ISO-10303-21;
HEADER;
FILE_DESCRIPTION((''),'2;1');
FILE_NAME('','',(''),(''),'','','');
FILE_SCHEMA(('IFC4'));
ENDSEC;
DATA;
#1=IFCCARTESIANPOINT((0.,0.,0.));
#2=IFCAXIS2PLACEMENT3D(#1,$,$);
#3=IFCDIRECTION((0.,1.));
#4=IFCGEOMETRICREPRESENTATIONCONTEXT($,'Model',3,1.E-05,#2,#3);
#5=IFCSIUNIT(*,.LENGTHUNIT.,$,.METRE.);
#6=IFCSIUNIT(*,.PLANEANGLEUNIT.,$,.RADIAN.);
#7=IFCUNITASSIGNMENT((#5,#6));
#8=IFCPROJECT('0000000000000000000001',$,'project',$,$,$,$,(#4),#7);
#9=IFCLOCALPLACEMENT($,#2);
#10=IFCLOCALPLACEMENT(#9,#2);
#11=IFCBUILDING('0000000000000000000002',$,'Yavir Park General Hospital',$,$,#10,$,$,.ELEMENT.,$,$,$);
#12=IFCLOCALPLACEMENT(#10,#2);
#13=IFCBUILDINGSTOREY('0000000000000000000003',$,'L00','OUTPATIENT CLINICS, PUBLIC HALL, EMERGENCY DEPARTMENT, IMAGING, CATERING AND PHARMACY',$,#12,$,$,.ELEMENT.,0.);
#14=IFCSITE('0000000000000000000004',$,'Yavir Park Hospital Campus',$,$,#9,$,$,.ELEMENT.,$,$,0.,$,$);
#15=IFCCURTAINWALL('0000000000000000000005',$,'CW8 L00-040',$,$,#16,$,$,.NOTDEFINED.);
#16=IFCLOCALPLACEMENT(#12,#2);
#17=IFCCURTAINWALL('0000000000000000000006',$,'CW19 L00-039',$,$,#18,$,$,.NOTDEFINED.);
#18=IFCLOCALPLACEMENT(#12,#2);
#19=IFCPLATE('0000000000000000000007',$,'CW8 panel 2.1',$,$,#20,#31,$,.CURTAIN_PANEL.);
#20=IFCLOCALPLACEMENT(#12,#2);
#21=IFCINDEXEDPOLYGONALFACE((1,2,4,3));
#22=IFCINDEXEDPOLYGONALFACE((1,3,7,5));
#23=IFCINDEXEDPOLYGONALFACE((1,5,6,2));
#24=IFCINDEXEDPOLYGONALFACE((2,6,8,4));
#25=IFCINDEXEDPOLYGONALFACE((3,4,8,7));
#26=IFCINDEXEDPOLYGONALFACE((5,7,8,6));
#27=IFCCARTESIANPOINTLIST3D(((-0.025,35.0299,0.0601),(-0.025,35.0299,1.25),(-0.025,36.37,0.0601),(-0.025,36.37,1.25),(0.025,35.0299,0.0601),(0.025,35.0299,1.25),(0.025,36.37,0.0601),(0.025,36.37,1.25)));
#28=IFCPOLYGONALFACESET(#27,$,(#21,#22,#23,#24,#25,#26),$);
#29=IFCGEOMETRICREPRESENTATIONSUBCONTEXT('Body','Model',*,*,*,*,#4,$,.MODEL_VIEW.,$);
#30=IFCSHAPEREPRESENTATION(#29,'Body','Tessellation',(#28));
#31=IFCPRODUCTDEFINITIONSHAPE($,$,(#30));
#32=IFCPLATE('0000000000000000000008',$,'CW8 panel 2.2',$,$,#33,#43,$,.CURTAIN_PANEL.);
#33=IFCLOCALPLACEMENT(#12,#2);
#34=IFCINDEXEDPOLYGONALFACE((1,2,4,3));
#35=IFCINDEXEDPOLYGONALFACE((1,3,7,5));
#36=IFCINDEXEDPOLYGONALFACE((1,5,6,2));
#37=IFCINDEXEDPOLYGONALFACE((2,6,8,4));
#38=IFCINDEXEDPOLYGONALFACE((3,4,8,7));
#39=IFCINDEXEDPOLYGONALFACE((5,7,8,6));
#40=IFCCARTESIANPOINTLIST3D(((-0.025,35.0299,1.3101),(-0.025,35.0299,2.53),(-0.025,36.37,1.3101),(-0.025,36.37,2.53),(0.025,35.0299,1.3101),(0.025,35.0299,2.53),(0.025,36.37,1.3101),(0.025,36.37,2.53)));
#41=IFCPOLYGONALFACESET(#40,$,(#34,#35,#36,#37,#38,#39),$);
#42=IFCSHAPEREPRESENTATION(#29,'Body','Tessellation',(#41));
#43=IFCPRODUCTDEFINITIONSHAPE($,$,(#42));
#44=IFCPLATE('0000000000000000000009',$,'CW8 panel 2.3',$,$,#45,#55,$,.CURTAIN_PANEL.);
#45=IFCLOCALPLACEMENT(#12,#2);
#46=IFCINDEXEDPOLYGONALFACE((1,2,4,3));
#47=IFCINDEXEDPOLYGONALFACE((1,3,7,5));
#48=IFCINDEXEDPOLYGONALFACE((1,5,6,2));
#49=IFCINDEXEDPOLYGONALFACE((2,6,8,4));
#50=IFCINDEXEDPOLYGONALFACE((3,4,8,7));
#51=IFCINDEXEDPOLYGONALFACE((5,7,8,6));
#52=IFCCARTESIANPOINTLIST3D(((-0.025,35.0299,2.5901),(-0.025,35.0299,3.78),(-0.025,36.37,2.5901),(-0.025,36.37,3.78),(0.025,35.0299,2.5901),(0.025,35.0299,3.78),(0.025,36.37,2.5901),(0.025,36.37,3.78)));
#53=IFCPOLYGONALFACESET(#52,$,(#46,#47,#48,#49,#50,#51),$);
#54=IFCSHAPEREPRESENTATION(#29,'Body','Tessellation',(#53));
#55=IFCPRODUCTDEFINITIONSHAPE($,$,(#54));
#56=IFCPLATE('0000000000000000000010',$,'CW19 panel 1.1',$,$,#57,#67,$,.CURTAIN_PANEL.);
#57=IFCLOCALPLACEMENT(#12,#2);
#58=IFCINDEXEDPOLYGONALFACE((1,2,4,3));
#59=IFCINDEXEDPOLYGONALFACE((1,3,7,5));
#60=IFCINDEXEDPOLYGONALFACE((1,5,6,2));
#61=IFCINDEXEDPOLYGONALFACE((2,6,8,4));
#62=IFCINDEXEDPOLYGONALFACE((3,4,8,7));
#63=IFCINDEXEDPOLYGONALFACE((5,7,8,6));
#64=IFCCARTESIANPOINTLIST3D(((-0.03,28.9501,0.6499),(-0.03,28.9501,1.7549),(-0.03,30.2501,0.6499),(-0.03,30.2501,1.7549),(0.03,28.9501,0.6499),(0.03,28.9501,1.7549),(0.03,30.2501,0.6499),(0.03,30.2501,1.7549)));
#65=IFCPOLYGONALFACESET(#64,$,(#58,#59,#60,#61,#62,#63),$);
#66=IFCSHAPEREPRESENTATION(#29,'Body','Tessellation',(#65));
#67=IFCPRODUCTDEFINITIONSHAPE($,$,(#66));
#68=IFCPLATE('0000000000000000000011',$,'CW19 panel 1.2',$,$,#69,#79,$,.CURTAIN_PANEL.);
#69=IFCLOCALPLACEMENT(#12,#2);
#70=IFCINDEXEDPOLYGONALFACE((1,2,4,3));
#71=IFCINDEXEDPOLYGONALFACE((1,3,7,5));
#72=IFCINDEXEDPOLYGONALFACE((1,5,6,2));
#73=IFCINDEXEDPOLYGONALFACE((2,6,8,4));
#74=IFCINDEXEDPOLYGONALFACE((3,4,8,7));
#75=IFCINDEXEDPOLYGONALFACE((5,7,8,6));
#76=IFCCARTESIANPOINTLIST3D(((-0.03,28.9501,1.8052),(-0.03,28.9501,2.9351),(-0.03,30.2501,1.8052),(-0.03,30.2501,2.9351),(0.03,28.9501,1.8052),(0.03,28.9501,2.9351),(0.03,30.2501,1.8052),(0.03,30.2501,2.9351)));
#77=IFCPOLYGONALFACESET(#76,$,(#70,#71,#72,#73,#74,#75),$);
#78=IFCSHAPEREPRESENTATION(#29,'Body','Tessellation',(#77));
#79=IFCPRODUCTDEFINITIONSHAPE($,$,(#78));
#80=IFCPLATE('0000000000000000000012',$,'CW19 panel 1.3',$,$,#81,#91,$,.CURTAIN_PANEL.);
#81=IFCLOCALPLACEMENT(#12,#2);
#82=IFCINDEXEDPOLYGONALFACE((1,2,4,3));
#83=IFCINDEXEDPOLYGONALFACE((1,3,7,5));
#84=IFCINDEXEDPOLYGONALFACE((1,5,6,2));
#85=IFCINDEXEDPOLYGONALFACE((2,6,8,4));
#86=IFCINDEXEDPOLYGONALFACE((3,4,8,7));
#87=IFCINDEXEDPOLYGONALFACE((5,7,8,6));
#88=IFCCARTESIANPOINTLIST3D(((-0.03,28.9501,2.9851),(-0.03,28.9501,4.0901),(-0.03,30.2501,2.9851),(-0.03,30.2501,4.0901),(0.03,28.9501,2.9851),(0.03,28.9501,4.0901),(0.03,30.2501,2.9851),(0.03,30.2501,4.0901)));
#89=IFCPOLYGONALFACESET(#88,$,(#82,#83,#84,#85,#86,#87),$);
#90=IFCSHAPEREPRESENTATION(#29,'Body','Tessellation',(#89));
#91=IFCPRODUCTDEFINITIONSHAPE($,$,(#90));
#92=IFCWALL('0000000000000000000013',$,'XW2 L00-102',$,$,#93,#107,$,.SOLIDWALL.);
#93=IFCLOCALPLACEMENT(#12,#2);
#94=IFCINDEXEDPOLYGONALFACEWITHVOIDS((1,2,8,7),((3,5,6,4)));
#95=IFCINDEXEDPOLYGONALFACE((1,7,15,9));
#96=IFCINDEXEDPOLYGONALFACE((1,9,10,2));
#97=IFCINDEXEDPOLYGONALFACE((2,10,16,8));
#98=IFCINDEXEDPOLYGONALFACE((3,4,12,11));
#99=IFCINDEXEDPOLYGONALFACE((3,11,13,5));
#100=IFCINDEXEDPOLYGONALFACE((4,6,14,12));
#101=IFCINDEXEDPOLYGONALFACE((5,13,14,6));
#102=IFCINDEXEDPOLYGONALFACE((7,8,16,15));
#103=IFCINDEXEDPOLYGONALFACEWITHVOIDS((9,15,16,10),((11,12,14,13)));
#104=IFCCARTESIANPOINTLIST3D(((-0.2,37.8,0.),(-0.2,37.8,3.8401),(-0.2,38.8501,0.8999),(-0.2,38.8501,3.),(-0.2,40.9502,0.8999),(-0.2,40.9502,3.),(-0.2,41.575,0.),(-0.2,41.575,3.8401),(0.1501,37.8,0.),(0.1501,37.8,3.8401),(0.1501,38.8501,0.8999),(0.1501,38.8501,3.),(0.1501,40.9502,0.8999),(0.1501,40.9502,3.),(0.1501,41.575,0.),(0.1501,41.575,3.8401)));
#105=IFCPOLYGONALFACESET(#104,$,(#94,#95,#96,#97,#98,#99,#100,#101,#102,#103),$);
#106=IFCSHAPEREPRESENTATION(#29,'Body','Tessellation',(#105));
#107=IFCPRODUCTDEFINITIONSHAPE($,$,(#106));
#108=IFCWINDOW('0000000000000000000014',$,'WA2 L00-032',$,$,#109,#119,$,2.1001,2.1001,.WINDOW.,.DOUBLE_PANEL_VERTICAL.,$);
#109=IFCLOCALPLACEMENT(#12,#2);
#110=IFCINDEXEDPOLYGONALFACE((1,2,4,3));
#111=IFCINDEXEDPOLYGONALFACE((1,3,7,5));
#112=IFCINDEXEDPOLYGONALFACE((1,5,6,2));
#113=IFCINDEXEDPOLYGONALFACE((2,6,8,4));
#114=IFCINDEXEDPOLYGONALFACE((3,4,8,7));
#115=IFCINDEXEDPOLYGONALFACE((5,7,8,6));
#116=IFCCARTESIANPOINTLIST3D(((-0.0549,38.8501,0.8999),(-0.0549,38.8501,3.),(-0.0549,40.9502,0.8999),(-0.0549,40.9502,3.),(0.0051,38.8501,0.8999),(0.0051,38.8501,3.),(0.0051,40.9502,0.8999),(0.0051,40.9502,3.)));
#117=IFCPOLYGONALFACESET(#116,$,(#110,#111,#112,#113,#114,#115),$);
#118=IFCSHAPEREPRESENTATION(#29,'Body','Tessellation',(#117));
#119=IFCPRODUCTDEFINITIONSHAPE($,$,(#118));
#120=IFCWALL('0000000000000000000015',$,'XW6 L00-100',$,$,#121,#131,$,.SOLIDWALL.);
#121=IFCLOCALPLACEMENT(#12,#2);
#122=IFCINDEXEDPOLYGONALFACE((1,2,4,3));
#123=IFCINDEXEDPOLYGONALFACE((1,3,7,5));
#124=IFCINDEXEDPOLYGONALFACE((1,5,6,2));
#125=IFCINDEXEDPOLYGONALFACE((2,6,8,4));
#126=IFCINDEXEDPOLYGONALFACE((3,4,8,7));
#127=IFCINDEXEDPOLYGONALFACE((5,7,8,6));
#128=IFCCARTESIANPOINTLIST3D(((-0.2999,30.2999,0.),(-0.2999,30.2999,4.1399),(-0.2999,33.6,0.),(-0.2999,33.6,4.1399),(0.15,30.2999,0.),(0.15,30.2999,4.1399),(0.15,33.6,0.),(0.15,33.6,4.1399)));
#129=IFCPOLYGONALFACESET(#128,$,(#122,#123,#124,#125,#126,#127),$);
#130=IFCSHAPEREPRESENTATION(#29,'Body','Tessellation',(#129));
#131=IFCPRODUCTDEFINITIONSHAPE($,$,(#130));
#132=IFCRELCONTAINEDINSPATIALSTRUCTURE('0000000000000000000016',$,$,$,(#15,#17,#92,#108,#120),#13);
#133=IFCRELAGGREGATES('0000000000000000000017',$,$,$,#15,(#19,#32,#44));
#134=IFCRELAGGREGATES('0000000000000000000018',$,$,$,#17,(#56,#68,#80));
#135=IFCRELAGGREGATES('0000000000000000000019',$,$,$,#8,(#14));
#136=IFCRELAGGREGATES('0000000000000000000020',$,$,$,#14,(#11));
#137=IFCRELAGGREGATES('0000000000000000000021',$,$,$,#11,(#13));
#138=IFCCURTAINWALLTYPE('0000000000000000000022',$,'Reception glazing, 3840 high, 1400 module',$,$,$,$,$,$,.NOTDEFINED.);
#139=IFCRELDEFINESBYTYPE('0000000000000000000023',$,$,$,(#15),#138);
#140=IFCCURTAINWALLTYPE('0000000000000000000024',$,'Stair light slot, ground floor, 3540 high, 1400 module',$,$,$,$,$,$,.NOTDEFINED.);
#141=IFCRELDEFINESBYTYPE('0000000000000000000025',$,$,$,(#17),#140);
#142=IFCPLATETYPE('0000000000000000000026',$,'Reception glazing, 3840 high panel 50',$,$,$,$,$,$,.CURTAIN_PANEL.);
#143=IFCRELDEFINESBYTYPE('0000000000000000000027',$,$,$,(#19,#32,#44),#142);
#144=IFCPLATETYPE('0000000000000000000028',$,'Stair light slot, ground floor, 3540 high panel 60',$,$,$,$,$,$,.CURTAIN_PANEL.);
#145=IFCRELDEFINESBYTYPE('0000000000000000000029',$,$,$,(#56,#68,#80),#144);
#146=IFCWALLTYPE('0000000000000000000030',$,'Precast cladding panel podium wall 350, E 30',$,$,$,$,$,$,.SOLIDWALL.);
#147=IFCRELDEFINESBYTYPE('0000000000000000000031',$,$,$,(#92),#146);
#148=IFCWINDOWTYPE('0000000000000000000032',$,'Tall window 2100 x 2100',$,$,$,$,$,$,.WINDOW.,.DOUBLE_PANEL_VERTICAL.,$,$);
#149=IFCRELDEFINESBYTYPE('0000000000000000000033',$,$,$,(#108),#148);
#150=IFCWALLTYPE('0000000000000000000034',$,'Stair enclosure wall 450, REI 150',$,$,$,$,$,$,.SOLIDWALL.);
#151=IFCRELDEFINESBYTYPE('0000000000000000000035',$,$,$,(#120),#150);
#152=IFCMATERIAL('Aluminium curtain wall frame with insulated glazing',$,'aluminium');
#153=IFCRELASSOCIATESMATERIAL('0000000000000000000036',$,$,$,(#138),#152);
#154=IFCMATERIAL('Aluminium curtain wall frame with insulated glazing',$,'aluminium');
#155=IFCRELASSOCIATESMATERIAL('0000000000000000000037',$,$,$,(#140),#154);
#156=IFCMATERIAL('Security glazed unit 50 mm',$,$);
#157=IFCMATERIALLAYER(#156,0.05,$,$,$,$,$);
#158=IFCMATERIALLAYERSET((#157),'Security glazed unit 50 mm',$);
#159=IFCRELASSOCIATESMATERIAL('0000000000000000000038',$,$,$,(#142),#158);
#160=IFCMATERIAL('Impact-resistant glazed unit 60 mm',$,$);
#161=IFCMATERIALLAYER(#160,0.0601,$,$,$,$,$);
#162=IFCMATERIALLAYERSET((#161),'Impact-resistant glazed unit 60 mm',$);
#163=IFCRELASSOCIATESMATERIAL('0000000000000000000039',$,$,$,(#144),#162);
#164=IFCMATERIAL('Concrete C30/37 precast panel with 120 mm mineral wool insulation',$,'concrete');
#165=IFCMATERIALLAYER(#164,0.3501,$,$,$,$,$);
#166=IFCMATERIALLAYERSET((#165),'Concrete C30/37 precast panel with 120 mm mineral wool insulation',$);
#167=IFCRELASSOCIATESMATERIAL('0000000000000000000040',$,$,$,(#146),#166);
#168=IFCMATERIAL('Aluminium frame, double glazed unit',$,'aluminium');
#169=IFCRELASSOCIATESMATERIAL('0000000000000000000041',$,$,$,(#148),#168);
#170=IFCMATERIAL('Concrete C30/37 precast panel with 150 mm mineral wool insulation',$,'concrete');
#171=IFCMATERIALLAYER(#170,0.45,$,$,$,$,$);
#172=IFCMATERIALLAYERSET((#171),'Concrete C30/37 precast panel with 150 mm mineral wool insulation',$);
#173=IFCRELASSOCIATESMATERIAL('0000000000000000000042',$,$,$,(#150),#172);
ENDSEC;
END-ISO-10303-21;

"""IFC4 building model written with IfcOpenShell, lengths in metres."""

from ifc_helpers import new_model, si_unit, direction, frame, frame_2d, origin, origin_2d, place, context, subcontext, project, spatial, rectangle, extrude, material, layer, layer_set, type_object, element, fill, aggregate, save


model = new_model("IFC4")

# Units and contexts
model_context = context("Model", 3, precision=1e-05, world=origin(), true_north=direction((0.0, 1.0)))
body_context = subcontext(model_context, "Body", "Model", "MODEL_VIEW")
ifc_project = project(units=[si_unit("LENGTHUNIT", "METRE"), si_unit("PLANEANGLEUNIT", "RADIAN")], contexts=[model_context])

# Site, building, storey
site_placement = place(None, origin())
site = spatial("IfcSite", under=ifc_project, at=site_placement, Name="Yavir Park Hospital Campus", CompositionType="ELEMENT", RefElevation=0.0)
building_placement = place(site_placement, origin())
building = spatial("IfcBuilding", under=site, at=building_placement, Name="Yavir Park General Hospital", CompositionType="ELEMENT")
storey_placement = place(building_placement, origin())
storey = spatial("IfcBuildingStorey", under=building, at=storey_placement, Name="L00", Description="OUTPATIENT CLINICS, PUBLIC HALL, EMERGENCY DEPARTMENT, IMAGING, CATERING AND PHARMACY", CompositionType="ELEMENT", Elevation=0.0)

# Curtain walls
ifc_material_1 = material(Name="Aluminium curtain wall frame with insulated glazing", Category="aluminium")
curtain_wall_type_1 = type_object("IfcCurtainWallType", Name="Reception glazing, 3840 high, 1400 module", PredefinedType="NOTDEFINED", material=ifc_material_1)
curtain_wall_1_placement = place(storey_placement, origin())
curtain_wall_1 = element("IfcCurtainWall", 1, at=curtain_wall_1_placement, inside=storey, type_object=curtain_wall_type_1, Name="CW8 L00-040", PredefinedType="NOTDEFINED")
ifc_material_2 = material(Name="Aluminium curtain wall frame with insulated glazing", Category="aluminium")
curtain_wall_type_2 = type_object("IfcCurtainWallType", Name="Stair light slot, ground floor, 3540 high, 1400 module", PredefinedType="NOTDEFINED", material=ifc_material_2)
curtain_wall_2_placement = place(storey_placement, origin())
curtain_wall_2 = element("IfcCurtainWall", 2, at=curtain_wall_2_placement, inside=storey, type_object=curtain_wall_type_2, Name="CW19 L00-039", PredefinedType="NOTDEFINED")

# Plates
ifc_material_3 = material(Name="Security glazed unit 50 mm")
ifc_layer_1 = layer(ifc_material_3, 0.05)
ifc_layer_set_1 = layer_set([ifc_layer_1], Name="Security glazed unit 50 mm")
plate_type_1 = type_object("IfcPlateType", Name="Reception glazing, 3840 high panel 50", PredefinedType="CURTAIN_PANEL", material=ifc_layer_set_1)
plate_1_placement = place(storey_placement, frame((0.0, 35.7, 0.0601), z_axis=(0.0, 0.0, 1.0), x_axis=(0.0, 1.0, 0.0)))
plate_1 = element("IfcPlate", 3, at=plate_1_placement, type_object=plate_type_1, Name="CW8 panel 2.1", PredefinedType="CURTAIN_PANEL", context=body_context, shape_type="SweptSolid", body=[
    extrude(rectangle(XDim=1.3401, YDim=0.05, at=origin_2d()), origin(), (0.0, 0.0, 1.0), 1.1899),
])
plate_2_placement = place(storey_placement, frame((0.0, 35.7, 1.3101), z_axis=(0.0, 0.0, 1.0), x_axis=(0.0, 1.0, 0.0)))
plate_2 = element("IfcPlate", 4, at=plate_2_placement, type_object=plate_type_1, Name="CW8 panel 2.2", PredefinedType="CURTAIN_PANEL", context=body_context, shape_type="SweptSolid", body=[
    extrude(rectangle(XDim=1.3401, YDim=0.05, at=origin_2d()), origin(), (0.0, 0.0, 1.0), 1.22),
])
plate_3_placement = place(storey_placement, frame((0.0, 35.7, 2.5901), z_axis=(0.0, 0.0, 1.0), x_axis=(0.0, 1.0, 0.0)))
plate_3 = element("IfcPlate", 5, at=plate_3_placement, type_object=plate_type_1, Name="CW8 panel 2.3", PredefinedType="CURTAIN_PANEL", context=body_context, shape_type="SweptSolid", body=[
    extrude(rectangle(XDim=1.3401, YDim=0.05, at=origin_2d()), origin(), (0.0, 0.0, 1.0), 1.1899),
])
aggregate(curtain_wall_1, [plate_1, plate_2, plate_3])
ifc_material_4 = material(Name="Impact-resistant glazed unit 60 mm")
ifc_layer_2 = layer(ifc_material_4, 0.0601)
ifc_layer_set_2 = layer_set([ifc_layer_2], Name="Impact-resistant glazed unit 60 mm")
plate_type_2 = type_object("IfcPlateType", Name="Stair light slot, ground floor, 3540 high panel 60", PredefinedType="CURTAIN_PANEL", material=ifc_layer_set_2)
plate_4_placement = place(storey_placement, frame((0.0, 29.6001, 0.6499), z_axis=(0.0, 0.0, 1.0), x_axis=(0.0, 1.0, 0.0)))
plate_4 = element("IfcPlate", 6, at=plate_4_placement, type_object=plate_type_2, Name="CW19 panel 1.1", PredefinedType="CURTAIN_PANEL", context=body_context, shape_type="SweptSolid", body=[
    extrude(rectangle(XDim=1.3, YDim=0.0601, at=origin_2d()), origin(), (0.0, 0.0, 1.0), 1.105),
])
plate_5_placement = place(storey_placement, frame((0.0, 29.6001, 1.8052), z_axis=(0.0, 0.0, 1.0), x_axis=(0.0, 1.0, 0.0)))
plate_5 = element("IfcPlate", 7, at=plate_5_placement, type_object=plate_type_2, Name="CW19 panel 1.2", PredefinedType="CURTAIN_PANEL", context=body_context, shape_type="SweptSolid", body=[
    extrude(rectangle(XDim=1.3, YDim=0.0601, at=origin_2d()), origin(), (0.0, 0.0, 1.0), 1.1299),
])
plate_6_placement = place(storey_placement, frame((0.0, 29.6001, 2.9851), z_axis=(0.0, 0.0, 1.0), x_axis=(0.0, 1.0, 0.0)))
plate_6 = element("IfcPlate", 8, at=plate_6_placement, type_object=plate_type_2, Name="CW19 panel 1.3", PredefinedType="CURTAIN_PANEL", context=body_context, shape_type="SweptSolid", body=[
    extrude(rectangle(XDim=1.3, YDim=0.0601, at=origin_2d()), origin(), (0.0, 0.0, 1.0), 1.105),
])
aggregate(curtain_wall_2, [plate_4, plate_5, plate_6])

# Wall, opening, window
ifc_material_5 = material(Name="Concrete C30/37 precast panel with 120 mm mineral wool insulation", Category="concrete")
ifc_layer_3 = layer(ifc_material_5, 0.3501)
ifc_layer_set_3 = layer_set([ifc_layer_3], Name="Concrete C30/37 precast panel with 120 mm mineral wool insulation")
wall_type_1 = type_object("IfcWallType", Name="Precast cladding panel podium wall 350, E 30", PredefinedType="SOLIDWALL", material=ifc_layer_set_3)
wall_1_placement = place(storey_placement, frame((-0.0249, 37.8, 0.0), z_axis=(0.0, 0.0, 1.0), x_axis=(0.0, 1.0, 0.0)))
wall_1 = element("IfcWall", 9, at=wall_1_placement, inside=storey, type_object=wall_type_1, Name="XW2 L00-102", PredefinedType="SOLIDWALL", context=body_context, shape_type="SweptSolid", body=[
    extrude(rectangle(XDim=3.7749, YDim=0.3501, at=frame_2d((1.8875, 0.0))), origin(), (0.0, 0.0, 1.0), 3.8401),
])
opening_placement = place(wall_1_placement, frame((1.05, 0.0, 0.8999)))
opening = element("IfcOpeningElement", 10, at=opening_placement, cuts=wall_1, PredefinedType="OPENING", context=body_context, shape_type="SweptSolid", body=[
    extrude(rectangle(XDim=2.1001, YDim=2.1001, at=frame_2d((1.05, 1.05))), frame((0.0, 0.1851, 0.0), z_axis=(0.0, -1.0, 0.0), x_axis=(1.0, 0.0, 0.0)), (0.0, 0.0, 1.0), 0.3701),
])
ifc_material_6 = material(Name="Aluminium frame, double glazed unit", Category="aluminium")
window_type = type_object("IfcWindowType", Name="Tall window 2100 x 2100", PartitioningType="DOUBLE_PANEL_VERTICAL", PredefinedType="WINDOW", material=ifc_material_6)
window_placement = place(opening_placement, origin())
window = element("IfcWindow", 11, at=window_placement, inside=storey, type_object=window_type, Name="WA2 L00-032", OverallHeight=2.1001, OverallWidth=2.1001, PartitioningType="DOUBLE_PANEL_VERTICAL", PredefinedType="WINDOW", context=body_context, shape_type="SweptSolid", body=[
    extrude(rectangle(XDim=2.1001, YDim=2.1001, at=frame_2d((1.05, 1.05))), frame((0.0, 0.03, 0.0), z_axis=(0.0, -1.0, 0.0), x_axis=(1.0, 0.0, 0.0)), (0.0, 0.0, 1.0), 0.0601),
])
fill(opening, window)

# Wall
ifc_material_7 = material(Name="Concrete C30/37 precast panel with 150 mm mineral wool insulation", Category="concrete")
ifc_layer_4 = layer(ifc_material_7, 0.45)
ifc_layer_set_4 = layer_set([ifc_layer_4], Name="Concrete C30/37 precast panel with 150 mm mineral wool insulation")
wall_type_2 = type_object("IfcWallType", Name="Stair enclosure wall 450, REI 150", PredefinedType="SOLIDWALL", material=ifc_layer_set_4)
wall_2_placement = place(storey_placement, frame((-0.075, 30.3, 0.0), z_axis=(0.0, 0.0, 1.0), x_axis=(0.0, 1.0, 0.0)))
element("IfcWall", 12, at=wall_2_placement, inside=storey, type_object=wall_type_2, Name="XW6 L00-100", PredefinedType="SOLIDWALL", context=body_context, shape_type="SweptSolid", body=[
    extrude(rectangle(XDim=3.3, YDim=0.45, at=frame_2d((1.6499, 0.0))), origin(), (0.0, 0.0, 1.0), 4.1399),
])

save(model, "model.ifc")
